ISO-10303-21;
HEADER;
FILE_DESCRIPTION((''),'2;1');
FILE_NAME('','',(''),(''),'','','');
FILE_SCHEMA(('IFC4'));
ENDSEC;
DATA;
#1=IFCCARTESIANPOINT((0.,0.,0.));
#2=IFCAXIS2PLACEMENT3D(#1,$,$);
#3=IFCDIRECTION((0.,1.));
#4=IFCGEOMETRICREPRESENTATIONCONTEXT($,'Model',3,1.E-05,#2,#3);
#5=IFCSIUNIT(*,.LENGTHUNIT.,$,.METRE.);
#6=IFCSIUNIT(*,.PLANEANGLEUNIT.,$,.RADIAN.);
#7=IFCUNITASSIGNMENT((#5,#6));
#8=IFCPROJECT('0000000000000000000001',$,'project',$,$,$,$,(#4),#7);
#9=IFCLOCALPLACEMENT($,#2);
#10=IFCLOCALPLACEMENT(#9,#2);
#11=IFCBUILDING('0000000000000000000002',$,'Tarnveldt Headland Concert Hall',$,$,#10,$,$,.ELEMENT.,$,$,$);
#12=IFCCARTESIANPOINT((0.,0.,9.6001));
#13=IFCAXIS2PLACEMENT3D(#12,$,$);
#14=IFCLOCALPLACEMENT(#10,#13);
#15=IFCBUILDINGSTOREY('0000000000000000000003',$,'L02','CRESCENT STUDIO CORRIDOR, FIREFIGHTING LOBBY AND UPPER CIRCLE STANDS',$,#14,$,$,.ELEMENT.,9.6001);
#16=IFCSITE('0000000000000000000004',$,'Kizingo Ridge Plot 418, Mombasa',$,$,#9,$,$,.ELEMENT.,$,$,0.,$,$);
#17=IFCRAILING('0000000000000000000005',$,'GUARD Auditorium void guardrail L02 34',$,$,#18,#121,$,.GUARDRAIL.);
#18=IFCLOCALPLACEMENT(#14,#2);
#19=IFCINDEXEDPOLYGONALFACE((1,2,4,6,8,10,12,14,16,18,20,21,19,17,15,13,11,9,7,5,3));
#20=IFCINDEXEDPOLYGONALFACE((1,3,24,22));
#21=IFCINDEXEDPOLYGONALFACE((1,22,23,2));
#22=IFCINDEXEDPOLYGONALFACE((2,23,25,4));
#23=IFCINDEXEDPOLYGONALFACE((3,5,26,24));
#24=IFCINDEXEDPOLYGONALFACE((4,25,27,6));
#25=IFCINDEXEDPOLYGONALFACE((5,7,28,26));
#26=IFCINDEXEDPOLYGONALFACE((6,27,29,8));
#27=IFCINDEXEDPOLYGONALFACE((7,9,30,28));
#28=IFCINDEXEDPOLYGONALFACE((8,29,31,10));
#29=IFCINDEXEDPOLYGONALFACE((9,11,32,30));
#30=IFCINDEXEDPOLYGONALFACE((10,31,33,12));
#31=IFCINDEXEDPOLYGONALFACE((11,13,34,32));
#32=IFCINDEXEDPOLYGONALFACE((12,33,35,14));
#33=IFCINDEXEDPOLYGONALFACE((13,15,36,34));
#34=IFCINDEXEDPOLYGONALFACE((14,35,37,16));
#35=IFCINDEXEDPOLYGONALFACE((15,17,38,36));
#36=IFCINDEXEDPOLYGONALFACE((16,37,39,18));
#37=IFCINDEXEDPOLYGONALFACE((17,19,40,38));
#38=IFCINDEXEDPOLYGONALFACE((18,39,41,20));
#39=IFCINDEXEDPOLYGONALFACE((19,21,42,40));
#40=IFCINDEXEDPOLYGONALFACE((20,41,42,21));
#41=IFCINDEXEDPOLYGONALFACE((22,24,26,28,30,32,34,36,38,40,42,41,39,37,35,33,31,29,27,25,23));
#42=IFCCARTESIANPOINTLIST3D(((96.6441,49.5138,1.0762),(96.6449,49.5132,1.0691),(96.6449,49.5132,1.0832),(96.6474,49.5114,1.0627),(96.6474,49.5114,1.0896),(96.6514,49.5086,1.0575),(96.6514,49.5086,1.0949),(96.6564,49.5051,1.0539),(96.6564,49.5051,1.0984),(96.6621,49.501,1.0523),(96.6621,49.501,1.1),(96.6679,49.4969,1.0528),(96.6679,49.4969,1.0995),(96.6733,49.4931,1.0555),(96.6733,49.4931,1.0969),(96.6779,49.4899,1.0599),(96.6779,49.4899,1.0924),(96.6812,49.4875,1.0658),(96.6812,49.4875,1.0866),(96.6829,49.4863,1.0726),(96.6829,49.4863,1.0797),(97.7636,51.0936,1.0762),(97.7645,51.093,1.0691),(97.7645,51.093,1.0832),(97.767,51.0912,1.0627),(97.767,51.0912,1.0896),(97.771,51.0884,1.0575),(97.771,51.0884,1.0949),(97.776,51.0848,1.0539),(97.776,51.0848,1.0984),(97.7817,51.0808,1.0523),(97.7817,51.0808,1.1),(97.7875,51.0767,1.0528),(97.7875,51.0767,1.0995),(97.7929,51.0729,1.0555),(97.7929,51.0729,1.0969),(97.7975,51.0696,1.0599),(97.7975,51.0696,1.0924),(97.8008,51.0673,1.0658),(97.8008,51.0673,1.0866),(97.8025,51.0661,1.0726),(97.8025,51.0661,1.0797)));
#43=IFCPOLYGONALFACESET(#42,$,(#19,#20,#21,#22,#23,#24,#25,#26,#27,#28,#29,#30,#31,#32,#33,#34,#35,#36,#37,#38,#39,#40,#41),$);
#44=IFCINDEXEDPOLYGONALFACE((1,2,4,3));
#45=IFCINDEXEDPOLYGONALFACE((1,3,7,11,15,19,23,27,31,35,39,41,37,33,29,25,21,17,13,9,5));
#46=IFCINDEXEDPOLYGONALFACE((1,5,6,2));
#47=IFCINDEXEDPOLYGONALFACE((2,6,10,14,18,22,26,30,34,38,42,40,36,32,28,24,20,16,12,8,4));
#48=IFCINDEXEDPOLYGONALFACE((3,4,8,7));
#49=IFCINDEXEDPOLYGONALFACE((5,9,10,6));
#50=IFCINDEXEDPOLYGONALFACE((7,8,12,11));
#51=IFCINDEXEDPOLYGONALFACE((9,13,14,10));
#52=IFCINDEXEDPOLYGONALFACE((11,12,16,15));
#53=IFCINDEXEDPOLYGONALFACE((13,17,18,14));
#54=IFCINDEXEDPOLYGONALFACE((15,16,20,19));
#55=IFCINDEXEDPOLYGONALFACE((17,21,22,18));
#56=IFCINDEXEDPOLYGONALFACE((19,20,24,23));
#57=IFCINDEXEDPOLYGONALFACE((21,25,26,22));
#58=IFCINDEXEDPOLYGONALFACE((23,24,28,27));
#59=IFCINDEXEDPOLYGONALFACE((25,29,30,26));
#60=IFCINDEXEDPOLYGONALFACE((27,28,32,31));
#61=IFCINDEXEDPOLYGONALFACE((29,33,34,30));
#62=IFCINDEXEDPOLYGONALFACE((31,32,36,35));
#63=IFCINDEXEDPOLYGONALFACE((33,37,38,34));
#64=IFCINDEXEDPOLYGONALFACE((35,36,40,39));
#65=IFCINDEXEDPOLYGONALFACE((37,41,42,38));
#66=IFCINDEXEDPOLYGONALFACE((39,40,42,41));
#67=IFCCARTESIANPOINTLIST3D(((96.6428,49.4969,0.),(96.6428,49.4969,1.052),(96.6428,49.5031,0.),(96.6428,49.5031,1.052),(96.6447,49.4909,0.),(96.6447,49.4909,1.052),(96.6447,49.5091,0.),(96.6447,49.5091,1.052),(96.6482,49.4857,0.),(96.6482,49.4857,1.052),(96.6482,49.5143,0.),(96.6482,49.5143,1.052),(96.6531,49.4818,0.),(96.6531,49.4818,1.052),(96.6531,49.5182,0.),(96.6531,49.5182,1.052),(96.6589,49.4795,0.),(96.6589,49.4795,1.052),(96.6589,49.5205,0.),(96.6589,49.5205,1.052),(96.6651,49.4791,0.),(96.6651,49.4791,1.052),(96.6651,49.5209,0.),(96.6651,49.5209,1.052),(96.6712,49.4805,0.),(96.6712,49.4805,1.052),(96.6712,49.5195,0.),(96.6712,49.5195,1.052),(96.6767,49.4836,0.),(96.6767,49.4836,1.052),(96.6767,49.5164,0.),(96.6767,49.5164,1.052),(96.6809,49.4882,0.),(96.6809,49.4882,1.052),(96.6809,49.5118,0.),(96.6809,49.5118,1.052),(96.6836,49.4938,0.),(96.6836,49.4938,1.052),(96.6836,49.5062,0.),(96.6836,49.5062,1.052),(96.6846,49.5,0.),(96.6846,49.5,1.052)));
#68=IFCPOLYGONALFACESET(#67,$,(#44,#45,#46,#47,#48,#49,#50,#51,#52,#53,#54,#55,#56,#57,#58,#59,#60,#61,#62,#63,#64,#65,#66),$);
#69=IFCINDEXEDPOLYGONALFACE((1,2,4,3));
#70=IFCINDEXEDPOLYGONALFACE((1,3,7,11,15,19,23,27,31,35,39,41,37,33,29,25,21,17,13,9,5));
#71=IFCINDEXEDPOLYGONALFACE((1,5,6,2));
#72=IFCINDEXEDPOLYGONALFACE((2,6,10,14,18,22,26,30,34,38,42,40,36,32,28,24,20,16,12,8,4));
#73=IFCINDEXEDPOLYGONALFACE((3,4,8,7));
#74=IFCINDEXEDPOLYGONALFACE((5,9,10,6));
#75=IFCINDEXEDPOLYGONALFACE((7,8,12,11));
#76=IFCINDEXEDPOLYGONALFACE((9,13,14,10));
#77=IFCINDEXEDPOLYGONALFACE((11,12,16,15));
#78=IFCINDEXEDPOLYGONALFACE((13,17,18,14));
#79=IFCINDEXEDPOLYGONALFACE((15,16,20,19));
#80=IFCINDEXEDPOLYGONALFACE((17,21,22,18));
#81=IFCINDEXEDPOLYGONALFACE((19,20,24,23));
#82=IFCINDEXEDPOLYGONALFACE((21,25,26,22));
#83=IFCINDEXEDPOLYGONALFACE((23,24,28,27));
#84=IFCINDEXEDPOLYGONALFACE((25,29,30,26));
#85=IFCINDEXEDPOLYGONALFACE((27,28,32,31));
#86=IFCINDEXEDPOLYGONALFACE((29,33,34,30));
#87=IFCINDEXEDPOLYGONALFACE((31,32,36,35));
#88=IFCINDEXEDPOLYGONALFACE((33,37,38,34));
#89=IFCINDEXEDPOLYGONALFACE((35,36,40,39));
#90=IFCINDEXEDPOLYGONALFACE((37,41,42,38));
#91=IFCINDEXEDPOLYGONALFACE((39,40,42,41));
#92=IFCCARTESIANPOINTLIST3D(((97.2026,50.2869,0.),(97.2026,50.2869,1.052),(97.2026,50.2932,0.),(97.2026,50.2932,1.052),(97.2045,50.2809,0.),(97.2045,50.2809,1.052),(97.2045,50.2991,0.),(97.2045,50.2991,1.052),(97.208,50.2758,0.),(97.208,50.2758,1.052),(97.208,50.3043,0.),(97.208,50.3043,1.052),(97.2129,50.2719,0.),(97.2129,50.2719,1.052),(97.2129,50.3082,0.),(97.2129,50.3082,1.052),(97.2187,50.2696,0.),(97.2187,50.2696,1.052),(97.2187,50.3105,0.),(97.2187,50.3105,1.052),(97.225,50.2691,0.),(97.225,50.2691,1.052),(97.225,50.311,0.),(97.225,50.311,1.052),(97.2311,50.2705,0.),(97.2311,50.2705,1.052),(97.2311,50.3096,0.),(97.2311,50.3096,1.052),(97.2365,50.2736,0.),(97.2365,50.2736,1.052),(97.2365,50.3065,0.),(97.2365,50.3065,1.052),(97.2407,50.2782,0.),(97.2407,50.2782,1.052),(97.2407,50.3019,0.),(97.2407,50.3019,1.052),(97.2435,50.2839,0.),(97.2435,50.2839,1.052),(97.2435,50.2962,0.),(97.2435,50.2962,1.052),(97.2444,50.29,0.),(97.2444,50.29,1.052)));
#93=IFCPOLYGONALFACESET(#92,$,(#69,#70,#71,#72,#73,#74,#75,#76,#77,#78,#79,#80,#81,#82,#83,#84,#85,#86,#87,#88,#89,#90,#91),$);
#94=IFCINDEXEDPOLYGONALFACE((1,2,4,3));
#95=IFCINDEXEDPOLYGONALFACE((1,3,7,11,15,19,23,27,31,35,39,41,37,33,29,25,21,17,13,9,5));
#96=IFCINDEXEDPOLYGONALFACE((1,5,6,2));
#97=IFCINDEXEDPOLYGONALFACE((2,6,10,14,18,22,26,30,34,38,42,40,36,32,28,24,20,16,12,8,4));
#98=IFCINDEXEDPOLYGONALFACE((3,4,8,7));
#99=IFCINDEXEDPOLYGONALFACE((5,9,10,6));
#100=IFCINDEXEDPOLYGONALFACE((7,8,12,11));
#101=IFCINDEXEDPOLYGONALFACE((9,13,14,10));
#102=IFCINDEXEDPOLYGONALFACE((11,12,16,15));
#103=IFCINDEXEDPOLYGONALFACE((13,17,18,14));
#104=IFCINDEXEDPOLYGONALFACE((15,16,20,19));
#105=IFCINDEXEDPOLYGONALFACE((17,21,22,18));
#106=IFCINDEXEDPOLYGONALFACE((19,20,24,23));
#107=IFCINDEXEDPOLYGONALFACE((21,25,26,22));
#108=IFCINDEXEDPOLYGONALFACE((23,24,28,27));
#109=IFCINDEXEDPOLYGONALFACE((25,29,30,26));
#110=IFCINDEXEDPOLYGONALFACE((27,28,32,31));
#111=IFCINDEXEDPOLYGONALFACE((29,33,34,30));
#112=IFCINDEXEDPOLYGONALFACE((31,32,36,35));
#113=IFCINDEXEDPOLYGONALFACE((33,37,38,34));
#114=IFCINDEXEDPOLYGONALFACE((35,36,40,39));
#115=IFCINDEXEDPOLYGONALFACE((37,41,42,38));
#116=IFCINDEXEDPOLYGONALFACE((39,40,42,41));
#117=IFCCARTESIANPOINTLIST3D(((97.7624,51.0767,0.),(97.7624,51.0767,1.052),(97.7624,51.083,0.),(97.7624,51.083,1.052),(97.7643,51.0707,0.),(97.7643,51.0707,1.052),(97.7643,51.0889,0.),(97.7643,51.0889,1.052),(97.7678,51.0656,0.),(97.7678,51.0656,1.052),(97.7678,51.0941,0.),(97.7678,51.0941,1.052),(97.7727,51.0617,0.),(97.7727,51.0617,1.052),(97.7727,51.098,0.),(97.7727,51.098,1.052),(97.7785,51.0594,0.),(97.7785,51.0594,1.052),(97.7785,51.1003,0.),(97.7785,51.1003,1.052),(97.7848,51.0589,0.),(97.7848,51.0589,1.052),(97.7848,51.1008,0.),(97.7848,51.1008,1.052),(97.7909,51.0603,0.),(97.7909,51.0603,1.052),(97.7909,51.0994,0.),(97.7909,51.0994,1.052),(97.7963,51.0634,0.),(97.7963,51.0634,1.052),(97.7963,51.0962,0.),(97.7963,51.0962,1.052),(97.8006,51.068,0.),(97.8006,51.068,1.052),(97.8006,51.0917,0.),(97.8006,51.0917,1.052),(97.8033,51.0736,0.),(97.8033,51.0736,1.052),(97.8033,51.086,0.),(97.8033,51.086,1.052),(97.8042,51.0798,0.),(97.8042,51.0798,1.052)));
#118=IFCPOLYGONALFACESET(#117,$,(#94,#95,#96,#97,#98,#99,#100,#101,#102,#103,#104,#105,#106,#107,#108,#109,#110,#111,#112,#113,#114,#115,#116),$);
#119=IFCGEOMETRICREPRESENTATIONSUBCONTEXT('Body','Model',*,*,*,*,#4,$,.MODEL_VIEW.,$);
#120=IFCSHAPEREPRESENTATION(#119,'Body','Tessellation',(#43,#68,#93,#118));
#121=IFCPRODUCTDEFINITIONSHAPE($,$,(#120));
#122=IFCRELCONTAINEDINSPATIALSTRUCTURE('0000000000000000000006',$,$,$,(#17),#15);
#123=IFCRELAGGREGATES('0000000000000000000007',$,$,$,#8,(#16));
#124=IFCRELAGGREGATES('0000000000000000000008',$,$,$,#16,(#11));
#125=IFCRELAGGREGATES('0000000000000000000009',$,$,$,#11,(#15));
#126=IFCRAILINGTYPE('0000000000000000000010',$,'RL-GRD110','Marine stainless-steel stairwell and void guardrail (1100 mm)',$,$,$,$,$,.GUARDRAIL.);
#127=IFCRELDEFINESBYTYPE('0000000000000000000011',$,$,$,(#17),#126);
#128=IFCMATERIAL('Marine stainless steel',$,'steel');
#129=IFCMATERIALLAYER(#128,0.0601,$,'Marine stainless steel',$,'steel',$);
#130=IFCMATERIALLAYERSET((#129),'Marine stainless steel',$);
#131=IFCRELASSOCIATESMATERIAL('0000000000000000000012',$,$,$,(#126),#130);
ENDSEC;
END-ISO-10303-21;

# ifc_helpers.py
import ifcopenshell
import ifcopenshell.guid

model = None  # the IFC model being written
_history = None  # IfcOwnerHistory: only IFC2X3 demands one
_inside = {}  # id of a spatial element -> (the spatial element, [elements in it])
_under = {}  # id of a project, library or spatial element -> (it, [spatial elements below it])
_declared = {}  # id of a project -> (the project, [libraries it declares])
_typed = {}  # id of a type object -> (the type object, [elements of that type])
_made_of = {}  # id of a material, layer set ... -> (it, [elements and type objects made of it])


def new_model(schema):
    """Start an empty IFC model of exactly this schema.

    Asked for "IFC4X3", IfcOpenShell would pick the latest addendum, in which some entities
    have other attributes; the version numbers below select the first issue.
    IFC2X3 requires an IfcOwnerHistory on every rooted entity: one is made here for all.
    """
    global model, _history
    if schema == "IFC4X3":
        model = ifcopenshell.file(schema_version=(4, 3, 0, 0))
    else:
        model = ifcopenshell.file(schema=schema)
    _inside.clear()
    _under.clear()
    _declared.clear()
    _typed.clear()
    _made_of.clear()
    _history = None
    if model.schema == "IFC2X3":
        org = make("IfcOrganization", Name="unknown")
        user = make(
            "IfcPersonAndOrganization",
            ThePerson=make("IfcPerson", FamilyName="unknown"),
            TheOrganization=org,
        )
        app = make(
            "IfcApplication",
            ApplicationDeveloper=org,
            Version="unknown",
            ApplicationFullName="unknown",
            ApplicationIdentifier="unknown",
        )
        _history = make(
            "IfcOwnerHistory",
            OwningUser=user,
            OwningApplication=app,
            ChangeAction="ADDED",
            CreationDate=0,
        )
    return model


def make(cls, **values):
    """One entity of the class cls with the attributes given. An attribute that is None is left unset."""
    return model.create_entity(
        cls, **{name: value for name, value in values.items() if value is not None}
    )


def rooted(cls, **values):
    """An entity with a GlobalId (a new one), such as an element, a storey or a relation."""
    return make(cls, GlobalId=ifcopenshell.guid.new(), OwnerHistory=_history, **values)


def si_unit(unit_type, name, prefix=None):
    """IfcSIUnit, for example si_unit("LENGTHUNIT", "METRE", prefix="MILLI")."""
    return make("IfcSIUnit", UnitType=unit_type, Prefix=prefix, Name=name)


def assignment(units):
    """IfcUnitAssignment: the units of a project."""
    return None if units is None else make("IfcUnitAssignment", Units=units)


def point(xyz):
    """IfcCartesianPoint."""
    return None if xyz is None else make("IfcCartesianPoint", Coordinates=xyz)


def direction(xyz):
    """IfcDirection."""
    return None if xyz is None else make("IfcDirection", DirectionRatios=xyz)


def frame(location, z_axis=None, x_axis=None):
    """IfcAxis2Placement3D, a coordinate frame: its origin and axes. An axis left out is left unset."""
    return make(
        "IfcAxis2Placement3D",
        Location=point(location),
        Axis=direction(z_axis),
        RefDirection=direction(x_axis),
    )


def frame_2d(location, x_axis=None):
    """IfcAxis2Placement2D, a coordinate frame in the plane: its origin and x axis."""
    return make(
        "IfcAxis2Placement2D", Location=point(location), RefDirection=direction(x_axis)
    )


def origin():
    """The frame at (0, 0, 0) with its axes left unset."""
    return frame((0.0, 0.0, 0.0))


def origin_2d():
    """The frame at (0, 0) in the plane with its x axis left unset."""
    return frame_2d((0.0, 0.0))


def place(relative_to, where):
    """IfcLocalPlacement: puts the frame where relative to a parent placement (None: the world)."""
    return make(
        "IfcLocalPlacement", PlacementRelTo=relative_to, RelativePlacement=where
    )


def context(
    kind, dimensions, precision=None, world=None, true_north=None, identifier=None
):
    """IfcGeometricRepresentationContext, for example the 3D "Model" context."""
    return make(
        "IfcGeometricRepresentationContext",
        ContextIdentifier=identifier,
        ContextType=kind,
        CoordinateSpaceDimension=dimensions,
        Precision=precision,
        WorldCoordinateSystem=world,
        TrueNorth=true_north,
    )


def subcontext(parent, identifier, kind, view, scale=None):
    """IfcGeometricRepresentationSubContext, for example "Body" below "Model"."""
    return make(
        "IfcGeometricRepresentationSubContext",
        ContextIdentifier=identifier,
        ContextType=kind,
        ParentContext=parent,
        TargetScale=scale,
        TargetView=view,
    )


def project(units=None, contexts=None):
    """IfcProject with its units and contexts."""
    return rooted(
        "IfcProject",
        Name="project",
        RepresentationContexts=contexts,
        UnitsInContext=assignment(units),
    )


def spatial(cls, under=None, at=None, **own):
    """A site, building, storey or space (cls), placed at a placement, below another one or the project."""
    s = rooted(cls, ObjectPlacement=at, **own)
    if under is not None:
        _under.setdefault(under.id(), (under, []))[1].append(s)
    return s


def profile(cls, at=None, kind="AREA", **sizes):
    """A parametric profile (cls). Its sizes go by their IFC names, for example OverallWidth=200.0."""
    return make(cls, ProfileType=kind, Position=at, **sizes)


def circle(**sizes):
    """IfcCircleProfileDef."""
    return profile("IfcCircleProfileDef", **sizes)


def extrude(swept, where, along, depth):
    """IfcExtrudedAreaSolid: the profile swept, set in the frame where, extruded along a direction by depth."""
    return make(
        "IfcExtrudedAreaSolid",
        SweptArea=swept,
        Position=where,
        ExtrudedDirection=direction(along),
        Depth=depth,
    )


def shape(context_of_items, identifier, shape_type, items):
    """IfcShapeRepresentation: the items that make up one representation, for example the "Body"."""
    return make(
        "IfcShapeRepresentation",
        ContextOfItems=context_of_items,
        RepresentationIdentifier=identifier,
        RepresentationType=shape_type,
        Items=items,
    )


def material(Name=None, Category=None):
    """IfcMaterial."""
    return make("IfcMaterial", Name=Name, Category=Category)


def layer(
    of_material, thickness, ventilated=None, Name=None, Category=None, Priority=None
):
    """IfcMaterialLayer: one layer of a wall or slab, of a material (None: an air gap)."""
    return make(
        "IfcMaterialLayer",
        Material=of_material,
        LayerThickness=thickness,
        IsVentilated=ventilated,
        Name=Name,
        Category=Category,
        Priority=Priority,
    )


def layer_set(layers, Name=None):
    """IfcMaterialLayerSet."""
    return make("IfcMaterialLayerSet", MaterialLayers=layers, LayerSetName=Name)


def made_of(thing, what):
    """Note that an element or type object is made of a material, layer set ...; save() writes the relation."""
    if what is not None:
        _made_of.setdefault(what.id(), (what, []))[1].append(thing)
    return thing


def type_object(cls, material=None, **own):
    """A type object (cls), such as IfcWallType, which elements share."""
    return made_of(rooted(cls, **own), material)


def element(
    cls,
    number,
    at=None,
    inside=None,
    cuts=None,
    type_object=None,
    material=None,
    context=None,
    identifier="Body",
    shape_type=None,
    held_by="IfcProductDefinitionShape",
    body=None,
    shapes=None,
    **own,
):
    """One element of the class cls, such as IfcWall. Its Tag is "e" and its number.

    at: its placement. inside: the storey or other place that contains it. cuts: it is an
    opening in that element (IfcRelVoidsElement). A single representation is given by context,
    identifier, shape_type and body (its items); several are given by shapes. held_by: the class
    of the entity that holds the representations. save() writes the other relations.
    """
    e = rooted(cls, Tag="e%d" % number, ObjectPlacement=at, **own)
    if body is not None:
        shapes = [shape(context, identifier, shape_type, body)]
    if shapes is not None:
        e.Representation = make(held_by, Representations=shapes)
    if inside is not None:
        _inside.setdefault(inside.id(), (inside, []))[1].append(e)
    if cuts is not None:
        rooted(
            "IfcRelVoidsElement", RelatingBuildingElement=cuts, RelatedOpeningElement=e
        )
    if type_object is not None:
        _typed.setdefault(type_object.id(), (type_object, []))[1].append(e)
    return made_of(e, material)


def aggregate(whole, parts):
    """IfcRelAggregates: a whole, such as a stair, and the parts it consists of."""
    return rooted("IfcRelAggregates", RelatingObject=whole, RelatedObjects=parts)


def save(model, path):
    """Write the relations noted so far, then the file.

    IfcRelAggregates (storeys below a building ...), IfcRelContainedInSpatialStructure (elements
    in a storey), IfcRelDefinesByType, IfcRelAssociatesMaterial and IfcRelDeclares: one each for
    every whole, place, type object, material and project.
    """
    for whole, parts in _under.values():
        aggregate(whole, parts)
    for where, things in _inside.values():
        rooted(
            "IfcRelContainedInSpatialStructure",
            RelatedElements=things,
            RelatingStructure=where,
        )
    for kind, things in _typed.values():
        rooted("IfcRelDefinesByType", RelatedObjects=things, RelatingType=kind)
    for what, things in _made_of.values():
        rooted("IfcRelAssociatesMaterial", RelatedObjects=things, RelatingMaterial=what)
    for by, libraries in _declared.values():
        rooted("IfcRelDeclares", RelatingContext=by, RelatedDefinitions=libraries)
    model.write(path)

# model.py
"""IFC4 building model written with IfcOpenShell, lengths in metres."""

from ifc_helpers import new_model, si_unit, direction, frame, origin, origin_2d, place, context, subcontext, project, spatial, circle, extrude, material, layer, layer_set, type_object, element, save


model = new_model("IFC4")

# Units and contexts
model_context = context("Model", 3, precision=1e-05, world=origin(), true_north=direction((0.0, 1.0)))
body_context = subcontext(model_context, "Body", "Model", "MODEL_VIEW")
ifc_project = project(units=[si_unit("LENGTHUNIT", "METRE"), si_unit("PLANEANGLEUNIT", "RADIAN")], contexts=[model_context])

# Site, building, storey
site_placement = place(None, origin())
site = spatial("IfcSite", under=ifc_project, at=site_placement, Name="Kizingo Ridge Plot 418, Mombasa", CompositionType="ELEMENT", RefElevation=0.0)
building_placement = place(site_placement, origin())
building = spatial("IfcBuilding", under=site, at=building_placement, Name="Tarnveldt Headland Concert Hall", CompositionType="ELEMENT")
storey_placement = place(building_placement, frame((0.0, 0.0, 9.6001)))
storey = spatial("IfcBuildingStorey", under=building, at=storey_placement, Name="L02", Description="CRESCENT STUDIO CORRIDOR, FIREFIGHTING LOBBY AND UPPER CIRCLE STANDS", CompositionType="ELEMENT", Elevation=9.6001)

# Railing
ifc_material_1 = material(Name="Marine stainless steel", Category="steel")
ifc_layer_1 = layer(ifc_material_1, 0.0601, Name="Marine stainless steel", Category="steel")
ifc_layer_set_1 = layer_set([ifc_layer_1], Name="Marine stainless steel")
railing_type_1 = type_object("IfcRailingType", Name="RL-GRD110", Description="Marine stainless-steel stairwell and void guardrail (1100 mm)", PredefinedType="GUARDRAIL", material=ifc_layer_set_1)
railing_1_placement = place(storey_placement, frame((96.6636, 49.5, 0.0)))
element("IfcRailing", 1, at=railing_1_placement, inside=storey, type_object=railing_type_1, Name="GUARD Auditorium void guardrail L02 34", PredefinedType="GUARDRAIL", context=body_context, shape_type="SweptSolid", body=[
    extrude(circle(Radius=0.0239, at=origin_2d()), frame((0.0, 0.0, 1.0762), z_axis=(0.578217, 0.815883, 0.0), x_axis=(-0.815883, 0.578217, 0.0)), (0.0, 0.0, 1.0), 1.9363),
    extrude(circle(Radius=0.021, at=origin_2d()), origin(), (0.0, 0.0, 1.0), 1.052),
    extrude(circle(Radius=0.021, at=origin_2d()), frame((0.5598, 0.79, 0.0)), (0.0, 0.0, 1.0), 1.052),
    extrude(circle(Radius=0.021, at=origin_2d()), frame((1.1196, 1.5798, 0.0)), (0.0, 0.0, 1.0), 1.052),
])

save(model, "model.ifc")
